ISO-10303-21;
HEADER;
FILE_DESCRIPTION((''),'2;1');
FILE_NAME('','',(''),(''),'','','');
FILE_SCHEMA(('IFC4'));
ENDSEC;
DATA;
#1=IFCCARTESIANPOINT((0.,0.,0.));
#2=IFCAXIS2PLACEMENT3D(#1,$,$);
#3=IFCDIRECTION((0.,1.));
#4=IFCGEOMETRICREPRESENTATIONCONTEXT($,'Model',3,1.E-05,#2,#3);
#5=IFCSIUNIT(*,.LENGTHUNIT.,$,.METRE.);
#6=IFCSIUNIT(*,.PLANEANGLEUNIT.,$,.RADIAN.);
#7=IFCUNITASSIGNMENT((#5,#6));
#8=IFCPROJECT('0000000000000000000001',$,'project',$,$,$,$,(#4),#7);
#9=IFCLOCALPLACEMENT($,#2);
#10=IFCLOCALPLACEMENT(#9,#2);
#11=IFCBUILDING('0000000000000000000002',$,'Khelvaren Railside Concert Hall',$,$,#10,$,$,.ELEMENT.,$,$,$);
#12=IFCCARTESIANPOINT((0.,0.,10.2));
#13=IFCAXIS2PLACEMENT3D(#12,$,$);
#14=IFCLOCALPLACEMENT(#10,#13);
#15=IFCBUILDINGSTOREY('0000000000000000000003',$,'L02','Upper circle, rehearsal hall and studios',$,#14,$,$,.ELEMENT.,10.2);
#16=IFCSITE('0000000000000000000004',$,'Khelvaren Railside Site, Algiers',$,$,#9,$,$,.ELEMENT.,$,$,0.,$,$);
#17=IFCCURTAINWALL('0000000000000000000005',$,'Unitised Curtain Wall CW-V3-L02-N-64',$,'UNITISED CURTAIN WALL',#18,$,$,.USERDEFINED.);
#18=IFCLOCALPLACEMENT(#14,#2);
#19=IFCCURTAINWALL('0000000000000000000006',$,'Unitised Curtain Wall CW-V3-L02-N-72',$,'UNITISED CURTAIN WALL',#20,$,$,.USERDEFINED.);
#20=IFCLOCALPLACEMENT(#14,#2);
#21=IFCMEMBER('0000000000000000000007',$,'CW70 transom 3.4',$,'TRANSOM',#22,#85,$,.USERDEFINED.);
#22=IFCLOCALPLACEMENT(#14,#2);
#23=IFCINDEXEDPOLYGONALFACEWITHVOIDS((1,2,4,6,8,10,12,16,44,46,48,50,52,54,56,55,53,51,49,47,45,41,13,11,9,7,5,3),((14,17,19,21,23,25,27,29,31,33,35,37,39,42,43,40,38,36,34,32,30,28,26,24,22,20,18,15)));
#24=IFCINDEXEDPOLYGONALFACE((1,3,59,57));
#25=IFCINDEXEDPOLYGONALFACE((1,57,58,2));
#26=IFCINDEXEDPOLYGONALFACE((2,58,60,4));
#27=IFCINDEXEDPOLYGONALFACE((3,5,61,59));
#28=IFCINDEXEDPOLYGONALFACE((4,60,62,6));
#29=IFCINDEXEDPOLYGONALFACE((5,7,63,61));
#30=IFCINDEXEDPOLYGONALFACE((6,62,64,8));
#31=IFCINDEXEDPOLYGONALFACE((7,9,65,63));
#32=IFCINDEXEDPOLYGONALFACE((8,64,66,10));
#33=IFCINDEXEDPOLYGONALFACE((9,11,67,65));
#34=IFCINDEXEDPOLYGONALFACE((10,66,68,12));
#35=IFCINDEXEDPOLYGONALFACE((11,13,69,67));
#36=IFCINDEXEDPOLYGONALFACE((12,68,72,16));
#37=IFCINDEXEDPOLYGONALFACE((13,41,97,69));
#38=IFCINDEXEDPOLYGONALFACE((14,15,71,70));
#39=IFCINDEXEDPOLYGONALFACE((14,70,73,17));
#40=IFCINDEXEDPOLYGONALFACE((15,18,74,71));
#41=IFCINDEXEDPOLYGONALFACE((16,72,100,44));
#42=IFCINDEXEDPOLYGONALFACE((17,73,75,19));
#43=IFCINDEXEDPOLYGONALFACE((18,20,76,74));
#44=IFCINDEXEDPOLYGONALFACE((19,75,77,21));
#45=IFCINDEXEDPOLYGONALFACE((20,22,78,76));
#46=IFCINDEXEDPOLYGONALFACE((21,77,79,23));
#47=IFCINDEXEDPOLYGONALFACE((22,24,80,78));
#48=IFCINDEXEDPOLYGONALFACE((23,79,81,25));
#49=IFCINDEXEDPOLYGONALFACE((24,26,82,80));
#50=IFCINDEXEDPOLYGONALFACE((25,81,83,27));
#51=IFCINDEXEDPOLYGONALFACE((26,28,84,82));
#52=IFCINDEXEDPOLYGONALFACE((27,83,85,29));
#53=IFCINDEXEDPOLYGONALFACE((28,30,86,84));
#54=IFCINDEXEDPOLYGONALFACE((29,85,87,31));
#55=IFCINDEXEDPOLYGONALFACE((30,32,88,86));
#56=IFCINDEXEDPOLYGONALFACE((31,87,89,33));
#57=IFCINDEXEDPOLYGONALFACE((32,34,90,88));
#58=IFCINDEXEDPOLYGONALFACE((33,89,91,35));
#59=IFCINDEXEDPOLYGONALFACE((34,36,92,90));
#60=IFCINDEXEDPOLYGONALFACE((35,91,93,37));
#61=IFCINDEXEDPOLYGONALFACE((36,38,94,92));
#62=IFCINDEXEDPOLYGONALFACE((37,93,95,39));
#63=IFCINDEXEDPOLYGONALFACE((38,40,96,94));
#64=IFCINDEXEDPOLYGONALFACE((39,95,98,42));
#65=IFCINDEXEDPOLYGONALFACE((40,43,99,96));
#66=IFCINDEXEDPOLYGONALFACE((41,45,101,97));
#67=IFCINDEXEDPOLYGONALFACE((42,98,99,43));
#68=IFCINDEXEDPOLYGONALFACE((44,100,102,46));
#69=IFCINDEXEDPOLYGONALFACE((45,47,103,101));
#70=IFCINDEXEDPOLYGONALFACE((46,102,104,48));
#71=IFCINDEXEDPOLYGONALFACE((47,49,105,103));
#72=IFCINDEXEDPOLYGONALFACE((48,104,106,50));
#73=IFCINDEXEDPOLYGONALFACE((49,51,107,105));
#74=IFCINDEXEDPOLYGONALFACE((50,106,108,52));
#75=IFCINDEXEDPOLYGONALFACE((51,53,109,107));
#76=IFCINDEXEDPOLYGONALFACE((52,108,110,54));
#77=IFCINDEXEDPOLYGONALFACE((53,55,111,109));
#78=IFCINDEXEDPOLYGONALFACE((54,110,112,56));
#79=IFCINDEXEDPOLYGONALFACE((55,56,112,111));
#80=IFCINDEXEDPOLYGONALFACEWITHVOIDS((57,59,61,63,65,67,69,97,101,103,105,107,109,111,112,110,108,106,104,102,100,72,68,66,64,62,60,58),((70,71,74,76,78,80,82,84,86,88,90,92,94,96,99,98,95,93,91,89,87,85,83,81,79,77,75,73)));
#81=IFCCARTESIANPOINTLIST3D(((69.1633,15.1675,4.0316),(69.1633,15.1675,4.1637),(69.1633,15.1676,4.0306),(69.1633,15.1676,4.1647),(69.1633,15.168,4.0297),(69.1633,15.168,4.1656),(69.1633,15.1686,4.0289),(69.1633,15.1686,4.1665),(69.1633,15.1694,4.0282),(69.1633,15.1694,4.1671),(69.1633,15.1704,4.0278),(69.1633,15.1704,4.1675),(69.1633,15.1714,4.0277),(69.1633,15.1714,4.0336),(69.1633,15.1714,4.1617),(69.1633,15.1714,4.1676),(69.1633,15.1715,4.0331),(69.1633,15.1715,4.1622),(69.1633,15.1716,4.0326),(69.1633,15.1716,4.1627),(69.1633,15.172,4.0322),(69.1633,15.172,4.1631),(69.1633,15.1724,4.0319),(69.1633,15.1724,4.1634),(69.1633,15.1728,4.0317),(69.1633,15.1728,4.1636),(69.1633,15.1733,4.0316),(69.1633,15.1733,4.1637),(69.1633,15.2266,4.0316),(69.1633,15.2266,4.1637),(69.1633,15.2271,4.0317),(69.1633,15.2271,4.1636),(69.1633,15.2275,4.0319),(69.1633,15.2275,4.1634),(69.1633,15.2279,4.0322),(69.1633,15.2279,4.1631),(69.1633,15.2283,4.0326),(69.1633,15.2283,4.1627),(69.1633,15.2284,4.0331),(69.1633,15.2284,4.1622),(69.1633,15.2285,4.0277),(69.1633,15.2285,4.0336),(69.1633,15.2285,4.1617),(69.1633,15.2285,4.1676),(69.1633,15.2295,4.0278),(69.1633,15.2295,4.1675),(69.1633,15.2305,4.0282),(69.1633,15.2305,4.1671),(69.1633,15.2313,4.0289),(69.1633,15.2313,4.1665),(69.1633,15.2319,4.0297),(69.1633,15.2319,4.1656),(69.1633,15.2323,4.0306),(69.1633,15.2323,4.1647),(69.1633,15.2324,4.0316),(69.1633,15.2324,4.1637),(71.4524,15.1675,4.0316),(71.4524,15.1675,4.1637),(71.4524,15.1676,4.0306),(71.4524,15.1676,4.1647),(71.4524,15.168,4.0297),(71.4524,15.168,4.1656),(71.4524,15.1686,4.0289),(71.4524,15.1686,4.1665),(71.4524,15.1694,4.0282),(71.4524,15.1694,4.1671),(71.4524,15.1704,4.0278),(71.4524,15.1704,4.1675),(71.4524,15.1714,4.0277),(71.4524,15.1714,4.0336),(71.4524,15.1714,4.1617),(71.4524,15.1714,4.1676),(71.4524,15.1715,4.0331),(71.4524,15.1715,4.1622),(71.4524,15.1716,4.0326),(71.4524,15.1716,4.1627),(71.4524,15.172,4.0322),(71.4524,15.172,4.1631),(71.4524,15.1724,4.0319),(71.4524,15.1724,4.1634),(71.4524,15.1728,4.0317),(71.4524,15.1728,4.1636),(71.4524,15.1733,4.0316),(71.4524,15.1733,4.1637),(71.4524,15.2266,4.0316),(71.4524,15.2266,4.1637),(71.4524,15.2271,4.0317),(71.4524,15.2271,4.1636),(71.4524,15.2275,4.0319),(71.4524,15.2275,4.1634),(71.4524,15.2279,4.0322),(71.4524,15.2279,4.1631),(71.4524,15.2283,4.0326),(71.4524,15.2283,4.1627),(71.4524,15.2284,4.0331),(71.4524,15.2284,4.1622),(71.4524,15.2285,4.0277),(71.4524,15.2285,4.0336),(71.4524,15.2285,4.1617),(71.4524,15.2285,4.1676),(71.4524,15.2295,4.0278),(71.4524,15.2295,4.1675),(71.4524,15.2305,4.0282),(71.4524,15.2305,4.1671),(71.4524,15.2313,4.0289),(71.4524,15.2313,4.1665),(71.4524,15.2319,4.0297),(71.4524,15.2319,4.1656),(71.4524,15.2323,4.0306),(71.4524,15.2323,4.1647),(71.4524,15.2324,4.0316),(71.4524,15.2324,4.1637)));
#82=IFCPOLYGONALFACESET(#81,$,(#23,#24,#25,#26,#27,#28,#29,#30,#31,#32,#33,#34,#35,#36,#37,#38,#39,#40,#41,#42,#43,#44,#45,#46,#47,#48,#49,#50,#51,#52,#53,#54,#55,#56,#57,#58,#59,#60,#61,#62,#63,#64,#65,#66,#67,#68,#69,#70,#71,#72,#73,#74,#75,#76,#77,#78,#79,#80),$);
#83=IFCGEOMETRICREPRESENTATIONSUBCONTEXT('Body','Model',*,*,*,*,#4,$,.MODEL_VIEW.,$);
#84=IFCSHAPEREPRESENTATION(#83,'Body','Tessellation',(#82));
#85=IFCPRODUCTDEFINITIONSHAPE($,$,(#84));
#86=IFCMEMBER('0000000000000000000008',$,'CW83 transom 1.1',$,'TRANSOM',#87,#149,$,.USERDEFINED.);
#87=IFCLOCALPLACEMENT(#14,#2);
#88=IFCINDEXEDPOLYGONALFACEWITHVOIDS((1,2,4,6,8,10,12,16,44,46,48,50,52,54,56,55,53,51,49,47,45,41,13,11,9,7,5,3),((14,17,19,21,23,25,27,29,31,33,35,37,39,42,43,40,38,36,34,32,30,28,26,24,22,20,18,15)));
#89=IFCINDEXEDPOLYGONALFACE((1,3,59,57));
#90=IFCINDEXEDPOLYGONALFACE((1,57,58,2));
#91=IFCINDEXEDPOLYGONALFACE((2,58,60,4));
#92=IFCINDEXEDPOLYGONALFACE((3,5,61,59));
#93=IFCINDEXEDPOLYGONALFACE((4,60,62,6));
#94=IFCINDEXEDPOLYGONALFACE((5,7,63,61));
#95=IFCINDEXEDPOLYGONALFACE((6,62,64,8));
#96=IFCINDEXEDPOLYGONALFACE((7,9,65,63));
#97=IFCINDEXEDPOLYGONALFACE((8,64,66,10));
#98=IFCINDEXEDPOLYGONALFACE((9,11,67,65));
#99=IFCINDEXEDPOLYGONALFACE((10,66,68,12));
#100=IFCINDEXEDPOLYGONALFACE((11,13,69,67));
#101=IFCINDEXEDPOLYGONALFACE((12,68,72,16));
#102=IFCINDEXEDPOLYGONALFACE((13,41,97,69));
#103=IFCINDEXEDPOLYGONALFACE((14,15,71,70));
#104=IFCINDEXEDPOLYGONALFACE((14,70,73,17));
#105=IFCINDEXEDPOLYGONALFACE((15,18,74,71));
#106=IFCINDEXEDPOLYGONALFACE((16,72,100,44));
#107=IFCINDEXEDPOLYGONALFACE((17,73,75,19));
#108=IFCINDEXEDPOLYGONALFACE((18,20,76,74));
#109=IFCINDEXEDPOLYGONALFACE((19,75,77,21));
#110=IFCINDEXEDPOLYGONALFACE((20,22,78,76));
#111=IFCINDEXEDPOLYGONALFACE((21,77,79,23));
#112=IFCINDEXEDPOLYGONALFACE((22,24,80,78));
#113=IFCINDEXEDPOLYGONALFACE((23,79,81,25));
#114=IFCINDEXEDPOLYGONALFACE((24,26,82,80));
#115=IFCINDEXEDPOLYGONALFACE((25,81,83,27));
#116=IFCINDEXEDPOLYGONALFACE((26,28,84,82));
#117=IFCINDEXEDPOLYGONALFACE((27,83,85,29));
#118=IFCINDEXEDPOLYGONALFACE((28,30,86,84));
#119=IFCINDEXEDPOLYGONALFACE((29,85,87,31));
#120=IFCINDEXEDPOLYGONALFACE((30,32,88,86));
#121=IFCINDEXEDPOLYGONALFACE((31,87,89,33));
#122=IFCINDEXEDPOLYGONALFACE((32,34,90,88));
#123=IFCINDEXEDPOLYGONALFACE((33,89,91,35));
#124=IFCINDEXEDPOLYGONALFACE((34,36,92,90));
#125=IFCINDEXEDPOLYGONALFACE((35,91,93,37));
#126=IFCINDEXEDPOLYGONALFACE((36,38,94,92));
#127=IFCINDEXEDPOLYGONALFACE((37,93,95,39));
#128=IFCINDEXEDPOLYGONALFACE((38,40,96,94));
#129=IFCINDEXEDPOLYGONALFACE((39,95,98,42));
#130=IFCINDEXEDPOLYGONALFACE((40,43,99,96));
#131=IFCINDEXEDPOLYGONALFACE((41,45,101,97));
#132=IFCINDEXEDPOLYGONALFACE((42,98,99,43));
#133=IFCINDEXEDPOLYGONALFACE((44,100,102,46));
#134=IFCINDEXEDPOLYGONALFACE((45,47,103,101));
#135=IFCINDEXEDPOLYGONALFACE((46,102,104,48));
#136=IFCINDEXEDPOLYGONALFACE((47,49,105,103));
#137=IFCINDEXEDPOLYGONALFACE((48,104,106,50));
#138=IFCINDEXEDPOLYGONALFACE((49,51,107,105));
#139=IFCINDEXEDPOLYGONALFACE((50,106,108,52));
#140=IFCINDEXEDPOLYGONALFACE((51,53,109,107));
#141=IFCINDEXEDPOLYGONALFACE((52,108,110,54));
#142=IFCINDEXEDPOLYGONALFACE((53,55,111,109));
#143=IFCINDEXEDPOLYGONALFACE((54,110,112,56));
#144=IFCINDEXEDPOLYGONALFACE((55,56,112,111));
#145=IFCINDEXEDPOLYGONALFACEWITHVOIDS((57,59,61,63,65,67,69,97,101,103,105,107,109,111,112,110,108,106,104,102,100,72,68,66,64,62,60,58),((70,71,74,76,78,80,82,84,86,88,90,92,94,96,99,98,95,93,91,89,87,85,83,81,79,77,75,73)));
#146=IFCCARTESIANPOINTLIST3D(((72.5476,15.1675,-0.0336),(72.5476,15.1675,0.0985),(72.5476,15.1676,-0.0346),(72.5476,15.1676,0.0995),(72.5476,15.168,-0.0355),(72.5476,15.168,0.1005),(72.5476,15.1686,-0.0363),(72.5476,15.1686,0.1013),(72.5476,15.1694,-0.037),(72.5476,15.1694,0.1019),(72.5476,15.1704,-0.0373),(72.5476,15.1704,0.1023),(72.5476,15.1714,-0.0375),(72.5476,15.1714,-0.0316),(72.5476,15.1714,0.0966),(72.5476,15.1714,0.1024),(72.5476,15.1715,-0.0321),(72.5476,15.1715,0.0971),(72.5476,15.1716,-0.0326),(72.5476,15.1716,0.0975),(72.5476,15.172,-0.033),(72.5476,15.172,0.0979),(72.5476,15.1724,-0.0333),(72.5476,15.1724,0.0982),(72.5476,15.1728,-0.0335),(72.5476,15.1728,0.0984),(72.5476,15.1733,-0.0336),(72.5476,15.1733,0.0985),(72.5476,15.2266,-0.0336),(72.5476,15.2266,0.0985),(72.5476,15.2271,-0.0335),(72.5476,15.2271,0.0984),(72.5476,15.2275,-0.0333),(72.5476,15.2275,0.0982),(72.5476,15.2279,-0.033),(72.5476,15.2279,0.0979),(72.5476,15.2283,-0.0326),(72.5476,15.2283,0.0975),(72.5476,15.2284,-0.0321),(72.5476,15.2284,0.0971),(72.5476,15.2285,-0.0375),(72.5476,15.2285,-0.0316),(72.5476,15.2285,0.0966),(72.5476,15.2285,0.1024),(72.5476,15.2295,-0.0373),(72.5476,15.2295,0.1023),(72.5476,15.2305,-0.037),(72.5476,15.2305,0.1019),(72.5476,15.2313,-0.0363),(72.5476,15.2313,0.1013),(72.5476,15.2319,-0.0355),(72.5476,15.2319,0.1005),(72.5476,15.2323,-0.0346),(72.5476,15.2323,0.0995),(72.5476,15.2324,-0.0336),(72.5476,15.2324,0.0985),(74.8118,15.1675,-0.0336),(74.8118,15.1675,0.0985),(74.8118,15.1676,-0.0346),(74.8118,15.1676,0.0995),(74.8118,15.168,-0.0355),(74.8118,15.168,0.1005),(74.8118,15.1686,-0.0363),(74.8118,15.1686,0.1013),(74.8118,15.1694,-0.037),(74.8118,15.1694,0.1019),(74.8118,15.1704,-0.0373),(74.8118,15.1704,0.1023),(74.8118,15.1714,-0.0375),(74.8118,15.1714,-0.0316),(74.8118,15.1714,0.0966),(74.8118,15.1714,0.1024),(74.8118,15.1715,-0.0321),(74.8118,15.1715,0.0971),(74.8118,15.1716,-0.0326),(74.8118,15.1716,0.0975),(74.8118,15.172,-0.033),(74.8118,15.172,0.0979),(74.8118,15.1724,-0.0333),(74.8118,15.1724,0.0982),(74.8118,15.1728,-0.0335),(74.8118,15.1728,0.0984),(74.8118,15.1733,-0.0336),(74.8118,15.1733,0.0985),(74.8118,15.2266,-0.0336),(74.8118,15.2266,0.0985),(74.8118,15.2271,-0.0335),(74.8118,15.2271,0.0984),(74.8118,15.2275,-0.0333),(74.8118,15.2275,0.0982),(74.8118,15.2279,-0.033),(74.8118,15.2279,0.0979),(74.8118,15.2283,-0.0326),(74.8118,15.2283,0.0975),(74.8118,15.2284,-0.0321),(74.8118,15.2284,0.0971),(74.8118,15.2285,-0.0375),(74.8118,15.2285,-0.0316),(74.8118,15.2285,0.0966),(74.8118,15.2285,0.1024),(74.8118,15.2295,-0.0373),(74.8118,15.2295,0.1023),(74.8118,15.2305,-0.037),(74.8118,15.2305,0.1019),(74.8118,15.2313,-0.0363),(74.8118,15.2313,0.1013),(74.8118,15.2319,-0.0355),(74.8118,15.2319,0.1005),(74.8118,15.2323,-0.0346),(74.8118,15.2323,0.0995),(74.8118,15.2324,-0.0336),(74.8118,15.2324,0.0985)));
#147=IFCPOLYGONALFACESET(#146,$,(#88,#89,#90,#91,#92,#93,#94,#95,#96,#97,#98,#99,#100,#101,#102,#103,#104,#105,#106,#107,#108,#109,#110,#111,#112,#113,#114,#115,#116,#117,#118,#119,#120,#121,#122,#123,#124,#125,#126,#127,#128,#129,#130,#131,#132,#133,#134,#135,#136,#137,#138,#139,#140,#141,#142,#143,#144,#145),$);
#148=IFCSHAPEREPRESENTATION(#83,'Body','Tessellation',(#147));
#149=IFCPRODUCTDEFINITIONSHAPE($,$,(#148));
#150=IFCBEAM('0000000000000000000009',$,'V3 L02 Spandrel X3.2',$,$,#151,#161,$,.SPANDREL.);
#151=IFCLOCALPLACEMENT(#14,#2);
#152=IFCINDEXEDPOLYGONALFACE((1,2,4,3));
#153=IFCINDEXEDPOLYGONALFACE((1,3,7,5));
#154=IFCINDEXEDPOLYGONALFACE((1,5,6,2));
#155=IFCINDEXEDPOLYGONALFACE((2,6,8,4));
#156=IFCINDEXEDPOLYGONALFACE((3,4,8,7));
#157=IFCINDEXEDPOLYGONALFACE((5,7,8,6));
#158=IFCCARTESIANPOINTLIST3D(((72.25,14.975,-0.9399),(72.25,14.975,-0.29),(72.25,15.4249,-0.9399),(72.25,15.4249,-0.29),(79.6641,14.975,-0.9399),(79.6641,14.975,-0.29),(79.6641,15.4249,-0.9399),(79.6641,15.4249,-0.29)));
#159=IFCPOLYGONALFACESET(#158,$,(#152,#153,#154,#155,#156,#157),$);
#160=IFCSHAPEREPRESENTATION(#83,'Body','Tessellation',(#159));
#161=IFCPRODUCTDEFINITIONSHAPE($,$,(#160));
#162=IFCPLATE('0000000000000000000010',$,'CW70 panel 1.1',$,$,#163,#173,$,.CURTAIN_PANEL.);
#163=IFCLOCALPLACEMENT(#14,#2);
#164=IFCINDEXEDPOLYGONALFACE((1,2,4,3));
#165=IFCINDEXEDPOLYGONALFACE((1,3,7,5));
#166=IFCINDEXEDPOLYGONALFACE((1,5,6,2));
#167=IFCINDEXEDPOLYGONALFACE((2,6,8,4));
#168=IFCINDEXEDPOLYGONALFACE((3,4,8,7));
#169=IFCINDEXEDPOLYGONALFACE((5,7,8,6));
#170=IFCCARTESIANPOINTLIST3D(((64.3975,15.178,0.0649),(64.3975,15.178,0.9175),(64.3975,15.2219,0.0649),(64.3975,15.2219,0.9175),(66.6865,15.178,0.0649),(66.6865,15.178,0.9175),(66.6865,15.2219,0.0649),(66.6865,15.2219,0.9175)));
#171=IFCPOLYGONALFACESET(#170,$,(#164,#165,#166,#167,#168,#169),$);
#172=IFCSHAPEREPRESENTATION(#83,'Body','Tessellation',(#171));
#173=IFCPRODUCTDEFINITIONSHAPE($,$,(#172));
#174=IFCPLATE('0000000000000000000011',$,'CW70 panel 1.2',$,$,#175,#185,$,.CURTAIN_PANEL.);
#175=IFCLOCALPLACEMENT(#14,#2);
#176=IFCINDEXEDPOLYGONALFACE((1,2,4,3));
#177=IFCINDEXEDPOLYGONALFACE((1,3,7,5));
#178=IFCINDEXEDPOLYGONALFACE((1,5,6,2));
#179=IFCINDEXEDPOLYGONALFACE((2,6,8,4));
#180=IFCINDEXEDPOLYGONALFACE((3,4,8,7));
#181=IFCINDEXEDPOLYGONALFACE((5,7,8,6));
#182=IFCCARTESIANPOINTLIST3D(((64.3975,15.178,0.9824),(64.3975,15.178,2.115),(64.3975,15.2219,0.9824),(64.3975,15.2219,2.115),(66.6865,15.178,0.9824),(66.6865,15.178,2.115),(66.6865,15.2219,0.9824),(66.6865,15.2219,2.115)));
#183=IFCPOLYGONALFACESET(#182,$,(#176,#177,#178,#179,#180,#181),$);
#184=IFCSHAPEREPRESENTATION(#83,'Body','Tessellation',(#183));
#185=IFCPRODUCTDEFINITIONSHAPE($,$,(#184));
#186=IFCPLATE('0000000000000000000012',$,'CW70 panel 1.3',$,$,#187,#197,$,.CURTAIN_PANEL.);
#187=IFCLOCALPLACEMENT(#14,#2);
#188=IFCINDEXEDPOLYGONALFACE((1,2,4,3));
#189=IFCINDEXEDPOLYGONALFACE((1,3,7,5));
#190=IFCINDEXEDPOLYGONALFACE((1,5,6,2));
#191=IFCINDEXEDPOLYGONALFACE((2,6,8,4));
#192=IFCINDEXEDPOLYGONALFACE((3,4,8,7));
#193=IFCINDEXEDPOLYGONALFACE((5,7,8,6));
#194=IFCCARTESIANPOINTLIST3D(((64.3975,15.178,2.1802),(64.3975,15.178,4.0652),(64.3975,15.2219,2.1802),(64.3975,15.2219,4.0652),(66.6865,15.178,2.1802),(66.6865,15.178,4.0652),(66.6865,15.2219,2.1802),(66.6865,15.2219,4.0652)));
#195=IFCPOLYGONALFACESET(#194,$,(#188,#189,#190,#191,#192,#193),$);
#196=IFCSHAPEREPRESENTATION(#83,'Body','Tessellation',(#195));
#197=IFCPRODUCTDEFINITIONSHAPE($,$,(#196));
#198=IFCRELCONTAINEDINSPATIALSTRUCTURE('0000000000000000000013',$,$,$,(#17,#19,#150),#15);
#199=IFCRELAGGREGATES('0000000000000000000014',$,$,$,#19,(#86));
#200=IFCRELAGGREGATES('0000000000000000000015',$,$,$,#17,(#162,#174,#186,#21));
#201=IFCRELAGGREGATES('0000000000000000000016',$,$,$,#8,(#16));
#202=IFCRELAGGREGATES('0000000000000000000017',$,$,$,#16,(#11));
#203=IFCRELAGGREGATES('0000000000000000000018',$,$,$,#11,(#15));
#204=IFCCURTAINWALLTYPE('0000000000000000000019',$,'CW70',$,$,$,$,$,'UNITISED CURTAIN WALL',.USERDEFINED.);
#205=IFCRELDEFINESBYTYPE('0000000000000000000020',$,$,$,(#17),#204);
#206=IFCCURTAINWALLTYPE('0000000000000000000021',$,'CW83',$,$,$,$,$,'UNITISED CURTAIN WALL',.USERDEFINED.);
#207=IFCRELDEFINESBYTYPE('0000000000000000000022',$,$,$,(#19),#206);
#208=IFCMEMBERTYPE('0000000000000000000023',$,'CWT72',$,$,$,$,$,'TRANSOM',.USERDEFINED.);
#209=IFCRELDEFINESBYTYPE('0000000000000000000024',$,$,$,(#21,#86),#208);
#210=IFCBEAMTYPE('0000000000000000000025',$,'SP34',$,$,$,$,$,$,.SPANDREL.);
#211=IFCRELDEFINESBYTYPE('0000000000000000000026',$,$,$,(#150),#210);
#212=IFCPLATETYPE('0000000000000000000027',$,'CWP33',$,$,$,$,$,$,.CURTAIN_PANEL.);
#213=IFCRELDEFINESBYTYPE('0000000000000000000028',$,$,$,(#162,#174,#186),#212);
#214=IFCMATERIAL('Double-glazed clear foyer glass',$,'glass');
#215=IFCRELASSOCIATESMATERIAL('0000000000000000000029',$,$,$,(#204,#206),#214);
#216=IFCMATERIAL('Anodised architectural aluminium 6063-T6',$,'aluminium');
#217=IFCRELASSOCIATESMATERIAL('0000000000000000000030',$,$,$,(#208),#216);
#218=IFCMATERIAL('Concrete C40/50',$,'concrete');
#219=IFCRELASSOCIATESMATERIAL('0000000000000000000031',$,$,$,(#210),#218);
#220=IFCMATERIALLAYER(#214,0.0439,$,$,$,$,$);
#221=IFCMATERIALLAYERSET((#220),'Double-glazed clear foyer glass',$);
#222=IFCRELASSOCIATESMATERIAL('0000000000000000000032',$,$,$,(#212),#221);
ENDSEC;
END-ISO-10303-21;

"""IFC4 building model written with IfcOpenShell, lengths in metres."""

from ifc_helpers import new_model, si_unit, direction, frame, origin, origin_2d, place, context, subcontext, project, spatial, rectangle, hollow_rectangle, extrude, material, layer, layer_set, material_profile, profile_set, type_object, element, aggregate, save


model = new_model("IFC4")

# Units and contexts
model_context = context("Model", 3, precision=1e-05, world=origin(), true_north=direction((0.0, 1.0)))
body_context = subcontext(model_context, "Body", "Model", "MODEL_VIEW")
ifc_project = project(units=[si_unit("LENGTHUNIT", "METRE"), si_unit("PLANEANGLEUNIT", "RADIAN")], contexts=[model_context])

# Site, building, storey
site_placement = place(None, origin())
site = spatial("IfcSite", under=ifc_project, at=site_placement, Name="Khelvaren Railside Site, Algiers", CompositionType="ELEMENT", RefElevation=0.0)
building_placement = place(site_placement, origin())
building = spatial("IfcBuilding", under=site, at=building_placement, Name="Khelvaren Railside Concert Hall", CompositionType="ELEMENT")
storey_placement = place(building_placement, frame((0.0, 0.0, 10.2)))
storey = spatial("IfcBuildingStorey", under=building, at=storey_placement, Name="L02", Description="Upper circle, rehearsal hall and studios", CompositionType="ELEMENT", Elevation=10.2)

# Curtain wall
ifc_material_1 = material(Name="Double-glazed clear foyer glass", Category="glass")
curtain_wall_type_1 = type_object("IfcCurtainWallType", Name="CW70", ElementType="UNITISED CURTAIN WALL", PredefinedType="USERDEFINED", material=ifc_material_1)
curtain_wall_1_placement = place(storey_placement, origin())
curtain_wall_1 = element("IfcCurtainWall", 1, at=curtain_wall_1_placement, inside=storey, type_object=curtain_wall_type_1, Name="Unitised Curtain Wall CW-V3-L02-N-64", ObjectType="UNITISED CURTAIN WALL", PredefinedType="USERDEFINED")
ifc_material_2 = material(Name="Anodised architectural aluminium 6063-T6", Category="aluminium")

# Curtain wall
curtain_wall_type_2 = type_object("IfcCurtainWallType", Name="CW83", ElementType="UNITISED CURTAIN WALL", PredefinedType="USERDEFINED", material=ifc_material_1)
curtain_wall_2_placement = place(storey_placement, origin())
curtain_wall_2 = element("IfcCurtainWall", 2, at=curtain_wall_2_placement, inside=storey, type_object=curtain_wall_type_2, Name="Unitised Curtain Wall CW-V3-L02-N-72", ObjectType="UNITISED CURTAIN WALL", PredefinedType="USERDEFINED")

# Members
ifc_material_profile_1 = material_profile(ifc_material_2, hollow_rectangle(XDim=0.0649, YDim=0.1399, WallThickness=0.0039, InnerFilletRadius=0.002, OuterFilletRadius=0.0039, at=origin_2d()), Name="CWT 65x140x4")
ifc_profile_set_1 = profile_set([ifc_material_profile_1], Name="Anodised architectural aluminium 6063-T6")
member_type_1 = type_object("IfcMemberType", Name="CWT72", ElementType="TRANSOM", PredefinedType="USERDEFINED", material=ifc_profile_set_1)
member_1_placement = place(storey_placement, frame((69.1633, 15.2, 4.0977), z_axis=(1.0, 0.0, 0.0), x_axis=(0.0, 1.0, 0.0)))
member_1 = element("IfcMember", 3, at=member_1_placement, type_object=member_type_1, Name="CW70 transom 3.4", ObjectType="TRANSOM", PredefinedType="USERDEFINED", context=body_context, shape_type="SweptSolid", body=[
    extrude(hollow_rectangle(XDim=0.0649, YDim=0.1399, WallThickness=0.0039, InnerFilletRadius=0.002, OuterFilletRadius=0.0039, at=origin_2d()), origin(), (0.0, 0.0, 1.0), 2.2891),
])
member_2_placement = place(storey_placement, frame((72.5476, 15.2, 0.0325), z_axis=(1.0, 0.0, 0.0), x_axis=(0.0, 1.0, 0.0)))
member_2 = element("IfcMember", 4, at=member_2_placement, type_object=member_type_1, Name="CW83 transom 1.1", ObjectType="TRANSOM", PredefinedType="USERDEFINED", context=body_context, shape_type="SweptSolid", body=[
    extrude(hollow_rectangle(XDim=0.0649, YDim=0.1399, WallThickness=0.0039, InnerFilletRadius=0.002, OuterFilletRadius=0.0039, at=origin_2d()), origin(), (0.0, 0.0, 1.0), 2.2642),
])
aggregate(curtain_wall_2, [member_2])

# Beam
ifc_material_3 = material(Name="Concrete C40/50", Category="concrete")
ifc_material_profile_2 = material_profile(ifc_material_3, rectangle(XDim=0.45, YDim=0.6499, at=origin_2d()), Name="RCB 450x650")
ifc_profile_set_2 = profile_set([ifc_material_profile_2], Name="Concrete C40/50")
beam_type = type_object("IfcBeamType", Name="SP34", PredefinedType="SPANDREL", material=ifc_profile_set_2)
beam_placement = place(storey_placement, frame((72.25, 15.2, -0.615), z_axis=(1.0, 0.0, 0.0), x_axis=(0.0, 1.0, 0.0)))
element("IfcBeam", 5, at=beam_placement, inside=storey, type_object=beam_type, Name="V3 L02 Spandrel X3.2", PredefinedType="SPANDREL", context=body_context, shape_type="SweptSolid", body=[
    extrude(rectangle(XDim=0.45, YDim=0.6499, at=origin_2d()), origin(), (0.0, 0.0, 1.0), 7.4141),
])

# Plates
ifc_layer = layer(ifc_material_1, 0.0439)
ifc_layer_set = layer_set([ifc_layer], Name="Double-glazed clear foyer glass")
plate_type = type_object("IfcPlateType", Name="CWP33", PredefinedType="CURTAIN_PANEL", material=ifc_layer_set)
plate_1_placement = place(storey_placement, frame((65.542, 15.2, 0.0649), z_axis=(0.0, 0.0, 1.0), x_axis=(1.0, 0.0, 0.0)))
plate_1 = element("IfcPlate", 6, at=plate_1_placement, type_object=plate_type, Name="CW70 panel 1.1", PredefinedType="CURTAIN_PANEL", context=body_context, shape_type="SweptSolid", body=[
    extrude(rectangle(XDim=2.2891, YDim=0.0439, at=origin_2d()), origin(), (0.0, 0.0, 1.0), 0.8525),
])
plate_2_placement = place(storey_placement, frame((65.542, 15.2, 0.9824), z_axis=(0.0, 0.0, 1.0), x_axis=(1.0, 0.0, 0.0)))
plate_2 = element("IfcPlate", 7, at=plate_2_placement, type_object=plate_type, Name="CW70 panel 1.2", PredefinedType="CURTAIN_PANEL", context=body_context, shape_type="SweptSolid", body=[
    extrude(rectangle(XDim=2.2891, YDim=0.0439, at=origin_2d()), origin(), (0.0, 0.0, 1.0), 1.1326),
])
plate_3_placement = place(storey_placement, frame((65.542, 15.2, 2.1802), z_axis=(0.0, 0.0, 1.0), x_axis=(1.0, 0.0, 0.0)))
plate_3 = element("IfcPlate", 8, at=plate_3_placement, type_object=plate_type, Name="CW70 panel 1.3", PredefinedType="CURTAIN_PANEL", context=body_context, shape_type="SweptSolid", body=[
    extrude(rectangle(XDim=2.2891, YDim=0.0439, at=origin_2d()), origin(), (0.0, 0.0, 1.0), 1.885),
])
aggregate(curtain_wall_1, [plate_1, plate_2, plate_3, member_1])

save(model, "model.ifc")
